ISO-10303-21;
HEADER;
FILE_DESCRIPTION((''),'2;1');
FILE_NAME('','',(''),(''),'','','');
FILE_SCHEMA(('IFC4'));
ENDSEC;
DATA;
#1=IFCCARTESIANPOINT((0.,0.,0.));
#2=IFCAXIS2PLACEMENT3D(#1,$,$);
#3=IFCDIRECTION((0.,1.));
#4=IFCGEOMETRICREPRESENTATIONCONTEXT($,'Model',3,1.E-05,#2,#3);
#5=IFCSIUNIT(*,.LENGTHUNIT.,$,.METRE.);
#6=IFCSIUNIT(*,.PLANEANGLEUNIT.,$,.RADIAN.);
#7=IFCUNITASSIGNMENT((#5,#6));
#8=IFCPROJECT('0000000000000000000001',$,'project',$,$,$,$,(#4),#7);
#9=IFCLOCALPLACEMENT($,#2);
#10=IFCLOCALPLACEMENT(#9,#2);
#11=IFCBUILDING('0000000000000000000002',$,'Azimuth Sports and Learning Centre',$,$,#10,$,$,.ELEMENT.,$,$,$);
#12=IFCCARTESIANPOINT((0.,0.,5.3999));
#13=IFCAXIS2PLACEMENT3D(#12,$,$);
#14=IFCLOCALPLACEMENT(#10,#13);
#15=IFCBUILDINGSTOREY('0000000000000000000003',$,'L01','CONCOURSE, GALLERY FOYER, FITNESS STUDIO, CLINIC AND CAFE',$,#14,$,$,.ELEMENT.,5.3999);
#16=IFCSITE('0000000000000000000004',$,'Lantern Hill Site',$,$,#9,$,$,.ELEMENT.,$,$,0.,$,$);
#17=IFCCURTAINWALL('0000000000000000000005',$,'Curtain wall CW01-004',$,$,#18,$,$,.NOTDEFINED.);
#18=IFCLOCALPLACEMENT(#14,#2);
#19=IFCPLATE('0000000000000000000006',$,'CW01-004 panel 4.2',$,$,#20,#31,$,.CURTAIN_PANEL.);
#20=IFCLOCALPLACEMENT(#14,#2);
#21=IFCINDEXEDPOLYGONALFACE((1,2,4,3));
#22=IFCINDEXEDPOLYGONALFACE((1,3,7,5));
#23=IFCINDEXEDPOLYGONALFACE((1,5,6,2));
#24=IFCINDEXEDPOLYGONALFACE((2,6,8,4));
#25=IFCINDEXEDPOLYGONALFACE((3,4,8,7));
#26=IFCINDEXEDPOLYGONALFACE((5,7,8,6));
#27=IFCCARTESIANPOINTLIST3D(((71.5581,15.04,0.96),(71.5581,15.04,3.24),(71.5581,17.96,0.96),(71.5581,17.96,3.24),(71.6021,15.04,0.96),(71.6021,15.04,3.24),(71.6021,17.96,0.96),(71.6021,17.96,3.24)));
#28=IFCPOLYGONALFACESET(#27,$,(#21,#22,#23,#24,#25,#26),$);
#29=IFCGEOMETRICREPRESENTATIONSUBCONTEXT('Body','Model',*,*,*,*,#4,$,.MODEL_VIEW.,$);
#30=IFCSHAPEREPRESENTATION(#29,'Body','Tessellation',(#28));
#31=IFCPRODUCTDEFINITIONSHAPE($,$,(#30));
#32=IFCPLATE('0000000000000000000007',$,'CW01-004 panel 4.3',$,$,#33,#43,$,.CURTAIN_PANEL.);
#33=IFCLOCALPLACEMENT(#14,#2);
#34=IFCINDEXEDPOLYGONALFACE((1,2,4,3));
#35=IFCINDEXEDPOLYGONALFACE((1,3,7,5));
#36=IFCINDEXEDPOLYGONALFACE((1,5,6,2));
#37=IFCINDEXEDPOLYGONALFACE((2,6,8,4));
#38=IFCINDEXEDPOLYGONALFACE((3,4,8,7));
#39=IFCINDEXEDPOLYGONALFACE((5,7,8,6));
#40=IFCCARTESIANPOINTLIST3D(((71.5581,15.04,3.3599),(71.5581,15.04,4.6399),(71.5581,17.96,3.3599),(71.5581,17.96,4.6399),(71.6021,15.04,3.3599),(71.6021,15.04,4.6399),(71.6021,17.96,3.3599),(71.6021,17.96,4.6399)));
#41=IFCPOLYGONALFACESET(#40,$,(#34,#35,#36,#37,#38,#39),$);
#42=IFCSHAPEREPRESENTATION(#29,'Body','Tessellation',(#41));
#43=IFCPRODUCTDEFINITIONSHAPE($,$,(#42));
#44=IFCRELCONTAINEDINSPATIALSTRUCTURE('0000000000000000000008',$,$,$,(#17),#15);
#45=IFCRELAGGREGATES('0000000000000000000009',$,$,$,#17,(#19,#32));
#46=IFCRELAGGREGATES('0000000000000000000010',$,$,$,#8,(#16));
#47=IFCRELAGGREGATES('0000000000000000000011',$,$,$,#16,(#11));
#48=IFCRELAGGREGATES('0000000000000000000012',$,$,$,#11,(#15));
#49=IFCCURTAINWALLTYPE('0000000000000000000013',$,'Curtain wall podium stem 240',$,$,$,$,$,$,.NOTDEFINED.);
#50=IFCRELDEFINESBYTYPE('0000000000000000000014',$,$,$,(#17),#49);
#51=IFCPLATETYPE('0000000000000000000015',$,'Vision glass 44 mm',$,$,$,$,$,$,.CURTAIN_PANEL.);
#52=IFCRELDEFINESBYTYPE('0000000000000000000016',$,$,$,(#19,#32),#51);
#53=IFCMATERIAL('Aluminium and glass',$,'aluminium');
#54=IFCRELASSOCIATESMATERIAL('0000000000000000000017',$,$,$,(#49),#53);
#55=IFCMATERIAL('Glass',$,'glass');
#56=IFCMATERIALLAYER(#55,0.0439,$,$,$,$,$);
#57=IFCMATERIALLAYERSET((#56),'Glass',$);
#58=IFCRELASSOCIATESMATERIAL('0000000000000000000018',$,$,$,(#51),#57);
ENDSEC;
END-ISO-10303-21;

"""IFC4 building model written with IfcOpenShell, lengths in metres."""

from ifc_helpers import new_model, si_unit, direction, frame, origin, origin_2d, place, context, subcontext, project, spatial, rectangle, extrude, material, layer, layer_set, type_object, element, aggregate, save


model = new_model("IFC4")

# Units and contexts
model_context = context("Model", 3, precision=1e-05, world=origin(), true_north=direction((0.0, 1.0)))
body_context = subcontext(model_context, "Body", "Model", "MODEL_VIEW")
ifc_project = project(units=[si_unit("LENGTHUNIT", "METRE"), si_unit("PLANEANGLEUNIT", "RADIAN")], contexts=[model_context])

# Site, building, storey
site_placement = place(None, origin())
site = spatial("IfcSite", under=ifc_project, at=site_placement, Name="Lantern Hill Site", CompositionType="ELEMENT", RefElevation=0.0)
building_placement = place(site_placement, origin())
building = spatial("IfcBuilding", under=site, at=building_placement, Name="Azimuth Sports and Learning Centre", CompositionType="ELEMENT")
storey_placement = place(building_placement, frame((0.0, 0.0, 5.3999)))
storey = spatial("IfcBuildingStorey", under=building, at=storey_placement, Name="L01", Description="CONCOURSE, GALLERY FOYER, FITNESS STUDIO, CLINIC AND CAFE", CompositionType="ELEMENT", Elevation=5.3999)

# Curtain wall, plates
ifc_material_1 = material(Name="Aluminium and glass", Category="aluminium")
curtain_wall_type = type_object("IfcCurtainWallType", Name="Curtain wall podium stem 240", PredefinedType="NOTDEFINED", material=ifc_material_1)
curtain_wall_placement = place(storey_placement, origin())
curtain_wall = element("IfcCurtainWall", 1, at=curtain_wall_placement, inside=storey, type_object=curtain_wall_type, Name="Curtain wall CW01-004", PredefinedType="NOTDEFINED")
ifc_material_2 = material(Name="Glass", Category="glass")
ifc_layer_1 = layer(ifc_material_2, 0.0439)
ifc_layer_set_1 = layer_set([ifc_layer_1], Name="Glass")
plate_type_1 = type_object("IfcPlateType", Name="Vision glass 44 mm", PredefinedType="CURTAIN_PANEL", material=ifc_layer_set_1)
plate_1_placement = place(storey_placement, frame((71.5801, 16.5, 0.96), z_axis=(0.0, 0.0, 1.0), x_axis=(0.0, -1.0, 0.0)))
plate_1 = element("IfcPlate", 2, at=plate_1_placement, type_object=plate_type_1, Name="CW01-004 panel 4.2", PredefinedType="CURTAIN_PANEL", context=body_context, shape_type="SweptSolid", body=[
    extrude(rectangle(XDim=2.9199, YDim=0.0439, at=origin_2d()), origin(), (0.0, 0.0, 1.0), 2.28),
])
plate_2_placement = place(storey_placement, frame((71.5801, 16.5, 3.3599), z_axis=(0.0, 0.0, 1.0), x_axis=(0.0, -1.0, 0.0)))
plate_2 = element("IfcPlate", 3, at=plate_2_placement, type_object=plate_type_1, Name="CW01-004 panel 4.3", PredefinedType="CURTAIN_PANEL", context=body_context, shape_type="SweptSolid", body=[
    extrude(rectangle(XDim=2.9199, YDim=0.0439, at=origin_2d()), origin(), (0.0, 0.0, 1.0), 1.28),
])
aggregate(curtain_wall, [plate_1, plate_2])

save(model, "model.ifc")
